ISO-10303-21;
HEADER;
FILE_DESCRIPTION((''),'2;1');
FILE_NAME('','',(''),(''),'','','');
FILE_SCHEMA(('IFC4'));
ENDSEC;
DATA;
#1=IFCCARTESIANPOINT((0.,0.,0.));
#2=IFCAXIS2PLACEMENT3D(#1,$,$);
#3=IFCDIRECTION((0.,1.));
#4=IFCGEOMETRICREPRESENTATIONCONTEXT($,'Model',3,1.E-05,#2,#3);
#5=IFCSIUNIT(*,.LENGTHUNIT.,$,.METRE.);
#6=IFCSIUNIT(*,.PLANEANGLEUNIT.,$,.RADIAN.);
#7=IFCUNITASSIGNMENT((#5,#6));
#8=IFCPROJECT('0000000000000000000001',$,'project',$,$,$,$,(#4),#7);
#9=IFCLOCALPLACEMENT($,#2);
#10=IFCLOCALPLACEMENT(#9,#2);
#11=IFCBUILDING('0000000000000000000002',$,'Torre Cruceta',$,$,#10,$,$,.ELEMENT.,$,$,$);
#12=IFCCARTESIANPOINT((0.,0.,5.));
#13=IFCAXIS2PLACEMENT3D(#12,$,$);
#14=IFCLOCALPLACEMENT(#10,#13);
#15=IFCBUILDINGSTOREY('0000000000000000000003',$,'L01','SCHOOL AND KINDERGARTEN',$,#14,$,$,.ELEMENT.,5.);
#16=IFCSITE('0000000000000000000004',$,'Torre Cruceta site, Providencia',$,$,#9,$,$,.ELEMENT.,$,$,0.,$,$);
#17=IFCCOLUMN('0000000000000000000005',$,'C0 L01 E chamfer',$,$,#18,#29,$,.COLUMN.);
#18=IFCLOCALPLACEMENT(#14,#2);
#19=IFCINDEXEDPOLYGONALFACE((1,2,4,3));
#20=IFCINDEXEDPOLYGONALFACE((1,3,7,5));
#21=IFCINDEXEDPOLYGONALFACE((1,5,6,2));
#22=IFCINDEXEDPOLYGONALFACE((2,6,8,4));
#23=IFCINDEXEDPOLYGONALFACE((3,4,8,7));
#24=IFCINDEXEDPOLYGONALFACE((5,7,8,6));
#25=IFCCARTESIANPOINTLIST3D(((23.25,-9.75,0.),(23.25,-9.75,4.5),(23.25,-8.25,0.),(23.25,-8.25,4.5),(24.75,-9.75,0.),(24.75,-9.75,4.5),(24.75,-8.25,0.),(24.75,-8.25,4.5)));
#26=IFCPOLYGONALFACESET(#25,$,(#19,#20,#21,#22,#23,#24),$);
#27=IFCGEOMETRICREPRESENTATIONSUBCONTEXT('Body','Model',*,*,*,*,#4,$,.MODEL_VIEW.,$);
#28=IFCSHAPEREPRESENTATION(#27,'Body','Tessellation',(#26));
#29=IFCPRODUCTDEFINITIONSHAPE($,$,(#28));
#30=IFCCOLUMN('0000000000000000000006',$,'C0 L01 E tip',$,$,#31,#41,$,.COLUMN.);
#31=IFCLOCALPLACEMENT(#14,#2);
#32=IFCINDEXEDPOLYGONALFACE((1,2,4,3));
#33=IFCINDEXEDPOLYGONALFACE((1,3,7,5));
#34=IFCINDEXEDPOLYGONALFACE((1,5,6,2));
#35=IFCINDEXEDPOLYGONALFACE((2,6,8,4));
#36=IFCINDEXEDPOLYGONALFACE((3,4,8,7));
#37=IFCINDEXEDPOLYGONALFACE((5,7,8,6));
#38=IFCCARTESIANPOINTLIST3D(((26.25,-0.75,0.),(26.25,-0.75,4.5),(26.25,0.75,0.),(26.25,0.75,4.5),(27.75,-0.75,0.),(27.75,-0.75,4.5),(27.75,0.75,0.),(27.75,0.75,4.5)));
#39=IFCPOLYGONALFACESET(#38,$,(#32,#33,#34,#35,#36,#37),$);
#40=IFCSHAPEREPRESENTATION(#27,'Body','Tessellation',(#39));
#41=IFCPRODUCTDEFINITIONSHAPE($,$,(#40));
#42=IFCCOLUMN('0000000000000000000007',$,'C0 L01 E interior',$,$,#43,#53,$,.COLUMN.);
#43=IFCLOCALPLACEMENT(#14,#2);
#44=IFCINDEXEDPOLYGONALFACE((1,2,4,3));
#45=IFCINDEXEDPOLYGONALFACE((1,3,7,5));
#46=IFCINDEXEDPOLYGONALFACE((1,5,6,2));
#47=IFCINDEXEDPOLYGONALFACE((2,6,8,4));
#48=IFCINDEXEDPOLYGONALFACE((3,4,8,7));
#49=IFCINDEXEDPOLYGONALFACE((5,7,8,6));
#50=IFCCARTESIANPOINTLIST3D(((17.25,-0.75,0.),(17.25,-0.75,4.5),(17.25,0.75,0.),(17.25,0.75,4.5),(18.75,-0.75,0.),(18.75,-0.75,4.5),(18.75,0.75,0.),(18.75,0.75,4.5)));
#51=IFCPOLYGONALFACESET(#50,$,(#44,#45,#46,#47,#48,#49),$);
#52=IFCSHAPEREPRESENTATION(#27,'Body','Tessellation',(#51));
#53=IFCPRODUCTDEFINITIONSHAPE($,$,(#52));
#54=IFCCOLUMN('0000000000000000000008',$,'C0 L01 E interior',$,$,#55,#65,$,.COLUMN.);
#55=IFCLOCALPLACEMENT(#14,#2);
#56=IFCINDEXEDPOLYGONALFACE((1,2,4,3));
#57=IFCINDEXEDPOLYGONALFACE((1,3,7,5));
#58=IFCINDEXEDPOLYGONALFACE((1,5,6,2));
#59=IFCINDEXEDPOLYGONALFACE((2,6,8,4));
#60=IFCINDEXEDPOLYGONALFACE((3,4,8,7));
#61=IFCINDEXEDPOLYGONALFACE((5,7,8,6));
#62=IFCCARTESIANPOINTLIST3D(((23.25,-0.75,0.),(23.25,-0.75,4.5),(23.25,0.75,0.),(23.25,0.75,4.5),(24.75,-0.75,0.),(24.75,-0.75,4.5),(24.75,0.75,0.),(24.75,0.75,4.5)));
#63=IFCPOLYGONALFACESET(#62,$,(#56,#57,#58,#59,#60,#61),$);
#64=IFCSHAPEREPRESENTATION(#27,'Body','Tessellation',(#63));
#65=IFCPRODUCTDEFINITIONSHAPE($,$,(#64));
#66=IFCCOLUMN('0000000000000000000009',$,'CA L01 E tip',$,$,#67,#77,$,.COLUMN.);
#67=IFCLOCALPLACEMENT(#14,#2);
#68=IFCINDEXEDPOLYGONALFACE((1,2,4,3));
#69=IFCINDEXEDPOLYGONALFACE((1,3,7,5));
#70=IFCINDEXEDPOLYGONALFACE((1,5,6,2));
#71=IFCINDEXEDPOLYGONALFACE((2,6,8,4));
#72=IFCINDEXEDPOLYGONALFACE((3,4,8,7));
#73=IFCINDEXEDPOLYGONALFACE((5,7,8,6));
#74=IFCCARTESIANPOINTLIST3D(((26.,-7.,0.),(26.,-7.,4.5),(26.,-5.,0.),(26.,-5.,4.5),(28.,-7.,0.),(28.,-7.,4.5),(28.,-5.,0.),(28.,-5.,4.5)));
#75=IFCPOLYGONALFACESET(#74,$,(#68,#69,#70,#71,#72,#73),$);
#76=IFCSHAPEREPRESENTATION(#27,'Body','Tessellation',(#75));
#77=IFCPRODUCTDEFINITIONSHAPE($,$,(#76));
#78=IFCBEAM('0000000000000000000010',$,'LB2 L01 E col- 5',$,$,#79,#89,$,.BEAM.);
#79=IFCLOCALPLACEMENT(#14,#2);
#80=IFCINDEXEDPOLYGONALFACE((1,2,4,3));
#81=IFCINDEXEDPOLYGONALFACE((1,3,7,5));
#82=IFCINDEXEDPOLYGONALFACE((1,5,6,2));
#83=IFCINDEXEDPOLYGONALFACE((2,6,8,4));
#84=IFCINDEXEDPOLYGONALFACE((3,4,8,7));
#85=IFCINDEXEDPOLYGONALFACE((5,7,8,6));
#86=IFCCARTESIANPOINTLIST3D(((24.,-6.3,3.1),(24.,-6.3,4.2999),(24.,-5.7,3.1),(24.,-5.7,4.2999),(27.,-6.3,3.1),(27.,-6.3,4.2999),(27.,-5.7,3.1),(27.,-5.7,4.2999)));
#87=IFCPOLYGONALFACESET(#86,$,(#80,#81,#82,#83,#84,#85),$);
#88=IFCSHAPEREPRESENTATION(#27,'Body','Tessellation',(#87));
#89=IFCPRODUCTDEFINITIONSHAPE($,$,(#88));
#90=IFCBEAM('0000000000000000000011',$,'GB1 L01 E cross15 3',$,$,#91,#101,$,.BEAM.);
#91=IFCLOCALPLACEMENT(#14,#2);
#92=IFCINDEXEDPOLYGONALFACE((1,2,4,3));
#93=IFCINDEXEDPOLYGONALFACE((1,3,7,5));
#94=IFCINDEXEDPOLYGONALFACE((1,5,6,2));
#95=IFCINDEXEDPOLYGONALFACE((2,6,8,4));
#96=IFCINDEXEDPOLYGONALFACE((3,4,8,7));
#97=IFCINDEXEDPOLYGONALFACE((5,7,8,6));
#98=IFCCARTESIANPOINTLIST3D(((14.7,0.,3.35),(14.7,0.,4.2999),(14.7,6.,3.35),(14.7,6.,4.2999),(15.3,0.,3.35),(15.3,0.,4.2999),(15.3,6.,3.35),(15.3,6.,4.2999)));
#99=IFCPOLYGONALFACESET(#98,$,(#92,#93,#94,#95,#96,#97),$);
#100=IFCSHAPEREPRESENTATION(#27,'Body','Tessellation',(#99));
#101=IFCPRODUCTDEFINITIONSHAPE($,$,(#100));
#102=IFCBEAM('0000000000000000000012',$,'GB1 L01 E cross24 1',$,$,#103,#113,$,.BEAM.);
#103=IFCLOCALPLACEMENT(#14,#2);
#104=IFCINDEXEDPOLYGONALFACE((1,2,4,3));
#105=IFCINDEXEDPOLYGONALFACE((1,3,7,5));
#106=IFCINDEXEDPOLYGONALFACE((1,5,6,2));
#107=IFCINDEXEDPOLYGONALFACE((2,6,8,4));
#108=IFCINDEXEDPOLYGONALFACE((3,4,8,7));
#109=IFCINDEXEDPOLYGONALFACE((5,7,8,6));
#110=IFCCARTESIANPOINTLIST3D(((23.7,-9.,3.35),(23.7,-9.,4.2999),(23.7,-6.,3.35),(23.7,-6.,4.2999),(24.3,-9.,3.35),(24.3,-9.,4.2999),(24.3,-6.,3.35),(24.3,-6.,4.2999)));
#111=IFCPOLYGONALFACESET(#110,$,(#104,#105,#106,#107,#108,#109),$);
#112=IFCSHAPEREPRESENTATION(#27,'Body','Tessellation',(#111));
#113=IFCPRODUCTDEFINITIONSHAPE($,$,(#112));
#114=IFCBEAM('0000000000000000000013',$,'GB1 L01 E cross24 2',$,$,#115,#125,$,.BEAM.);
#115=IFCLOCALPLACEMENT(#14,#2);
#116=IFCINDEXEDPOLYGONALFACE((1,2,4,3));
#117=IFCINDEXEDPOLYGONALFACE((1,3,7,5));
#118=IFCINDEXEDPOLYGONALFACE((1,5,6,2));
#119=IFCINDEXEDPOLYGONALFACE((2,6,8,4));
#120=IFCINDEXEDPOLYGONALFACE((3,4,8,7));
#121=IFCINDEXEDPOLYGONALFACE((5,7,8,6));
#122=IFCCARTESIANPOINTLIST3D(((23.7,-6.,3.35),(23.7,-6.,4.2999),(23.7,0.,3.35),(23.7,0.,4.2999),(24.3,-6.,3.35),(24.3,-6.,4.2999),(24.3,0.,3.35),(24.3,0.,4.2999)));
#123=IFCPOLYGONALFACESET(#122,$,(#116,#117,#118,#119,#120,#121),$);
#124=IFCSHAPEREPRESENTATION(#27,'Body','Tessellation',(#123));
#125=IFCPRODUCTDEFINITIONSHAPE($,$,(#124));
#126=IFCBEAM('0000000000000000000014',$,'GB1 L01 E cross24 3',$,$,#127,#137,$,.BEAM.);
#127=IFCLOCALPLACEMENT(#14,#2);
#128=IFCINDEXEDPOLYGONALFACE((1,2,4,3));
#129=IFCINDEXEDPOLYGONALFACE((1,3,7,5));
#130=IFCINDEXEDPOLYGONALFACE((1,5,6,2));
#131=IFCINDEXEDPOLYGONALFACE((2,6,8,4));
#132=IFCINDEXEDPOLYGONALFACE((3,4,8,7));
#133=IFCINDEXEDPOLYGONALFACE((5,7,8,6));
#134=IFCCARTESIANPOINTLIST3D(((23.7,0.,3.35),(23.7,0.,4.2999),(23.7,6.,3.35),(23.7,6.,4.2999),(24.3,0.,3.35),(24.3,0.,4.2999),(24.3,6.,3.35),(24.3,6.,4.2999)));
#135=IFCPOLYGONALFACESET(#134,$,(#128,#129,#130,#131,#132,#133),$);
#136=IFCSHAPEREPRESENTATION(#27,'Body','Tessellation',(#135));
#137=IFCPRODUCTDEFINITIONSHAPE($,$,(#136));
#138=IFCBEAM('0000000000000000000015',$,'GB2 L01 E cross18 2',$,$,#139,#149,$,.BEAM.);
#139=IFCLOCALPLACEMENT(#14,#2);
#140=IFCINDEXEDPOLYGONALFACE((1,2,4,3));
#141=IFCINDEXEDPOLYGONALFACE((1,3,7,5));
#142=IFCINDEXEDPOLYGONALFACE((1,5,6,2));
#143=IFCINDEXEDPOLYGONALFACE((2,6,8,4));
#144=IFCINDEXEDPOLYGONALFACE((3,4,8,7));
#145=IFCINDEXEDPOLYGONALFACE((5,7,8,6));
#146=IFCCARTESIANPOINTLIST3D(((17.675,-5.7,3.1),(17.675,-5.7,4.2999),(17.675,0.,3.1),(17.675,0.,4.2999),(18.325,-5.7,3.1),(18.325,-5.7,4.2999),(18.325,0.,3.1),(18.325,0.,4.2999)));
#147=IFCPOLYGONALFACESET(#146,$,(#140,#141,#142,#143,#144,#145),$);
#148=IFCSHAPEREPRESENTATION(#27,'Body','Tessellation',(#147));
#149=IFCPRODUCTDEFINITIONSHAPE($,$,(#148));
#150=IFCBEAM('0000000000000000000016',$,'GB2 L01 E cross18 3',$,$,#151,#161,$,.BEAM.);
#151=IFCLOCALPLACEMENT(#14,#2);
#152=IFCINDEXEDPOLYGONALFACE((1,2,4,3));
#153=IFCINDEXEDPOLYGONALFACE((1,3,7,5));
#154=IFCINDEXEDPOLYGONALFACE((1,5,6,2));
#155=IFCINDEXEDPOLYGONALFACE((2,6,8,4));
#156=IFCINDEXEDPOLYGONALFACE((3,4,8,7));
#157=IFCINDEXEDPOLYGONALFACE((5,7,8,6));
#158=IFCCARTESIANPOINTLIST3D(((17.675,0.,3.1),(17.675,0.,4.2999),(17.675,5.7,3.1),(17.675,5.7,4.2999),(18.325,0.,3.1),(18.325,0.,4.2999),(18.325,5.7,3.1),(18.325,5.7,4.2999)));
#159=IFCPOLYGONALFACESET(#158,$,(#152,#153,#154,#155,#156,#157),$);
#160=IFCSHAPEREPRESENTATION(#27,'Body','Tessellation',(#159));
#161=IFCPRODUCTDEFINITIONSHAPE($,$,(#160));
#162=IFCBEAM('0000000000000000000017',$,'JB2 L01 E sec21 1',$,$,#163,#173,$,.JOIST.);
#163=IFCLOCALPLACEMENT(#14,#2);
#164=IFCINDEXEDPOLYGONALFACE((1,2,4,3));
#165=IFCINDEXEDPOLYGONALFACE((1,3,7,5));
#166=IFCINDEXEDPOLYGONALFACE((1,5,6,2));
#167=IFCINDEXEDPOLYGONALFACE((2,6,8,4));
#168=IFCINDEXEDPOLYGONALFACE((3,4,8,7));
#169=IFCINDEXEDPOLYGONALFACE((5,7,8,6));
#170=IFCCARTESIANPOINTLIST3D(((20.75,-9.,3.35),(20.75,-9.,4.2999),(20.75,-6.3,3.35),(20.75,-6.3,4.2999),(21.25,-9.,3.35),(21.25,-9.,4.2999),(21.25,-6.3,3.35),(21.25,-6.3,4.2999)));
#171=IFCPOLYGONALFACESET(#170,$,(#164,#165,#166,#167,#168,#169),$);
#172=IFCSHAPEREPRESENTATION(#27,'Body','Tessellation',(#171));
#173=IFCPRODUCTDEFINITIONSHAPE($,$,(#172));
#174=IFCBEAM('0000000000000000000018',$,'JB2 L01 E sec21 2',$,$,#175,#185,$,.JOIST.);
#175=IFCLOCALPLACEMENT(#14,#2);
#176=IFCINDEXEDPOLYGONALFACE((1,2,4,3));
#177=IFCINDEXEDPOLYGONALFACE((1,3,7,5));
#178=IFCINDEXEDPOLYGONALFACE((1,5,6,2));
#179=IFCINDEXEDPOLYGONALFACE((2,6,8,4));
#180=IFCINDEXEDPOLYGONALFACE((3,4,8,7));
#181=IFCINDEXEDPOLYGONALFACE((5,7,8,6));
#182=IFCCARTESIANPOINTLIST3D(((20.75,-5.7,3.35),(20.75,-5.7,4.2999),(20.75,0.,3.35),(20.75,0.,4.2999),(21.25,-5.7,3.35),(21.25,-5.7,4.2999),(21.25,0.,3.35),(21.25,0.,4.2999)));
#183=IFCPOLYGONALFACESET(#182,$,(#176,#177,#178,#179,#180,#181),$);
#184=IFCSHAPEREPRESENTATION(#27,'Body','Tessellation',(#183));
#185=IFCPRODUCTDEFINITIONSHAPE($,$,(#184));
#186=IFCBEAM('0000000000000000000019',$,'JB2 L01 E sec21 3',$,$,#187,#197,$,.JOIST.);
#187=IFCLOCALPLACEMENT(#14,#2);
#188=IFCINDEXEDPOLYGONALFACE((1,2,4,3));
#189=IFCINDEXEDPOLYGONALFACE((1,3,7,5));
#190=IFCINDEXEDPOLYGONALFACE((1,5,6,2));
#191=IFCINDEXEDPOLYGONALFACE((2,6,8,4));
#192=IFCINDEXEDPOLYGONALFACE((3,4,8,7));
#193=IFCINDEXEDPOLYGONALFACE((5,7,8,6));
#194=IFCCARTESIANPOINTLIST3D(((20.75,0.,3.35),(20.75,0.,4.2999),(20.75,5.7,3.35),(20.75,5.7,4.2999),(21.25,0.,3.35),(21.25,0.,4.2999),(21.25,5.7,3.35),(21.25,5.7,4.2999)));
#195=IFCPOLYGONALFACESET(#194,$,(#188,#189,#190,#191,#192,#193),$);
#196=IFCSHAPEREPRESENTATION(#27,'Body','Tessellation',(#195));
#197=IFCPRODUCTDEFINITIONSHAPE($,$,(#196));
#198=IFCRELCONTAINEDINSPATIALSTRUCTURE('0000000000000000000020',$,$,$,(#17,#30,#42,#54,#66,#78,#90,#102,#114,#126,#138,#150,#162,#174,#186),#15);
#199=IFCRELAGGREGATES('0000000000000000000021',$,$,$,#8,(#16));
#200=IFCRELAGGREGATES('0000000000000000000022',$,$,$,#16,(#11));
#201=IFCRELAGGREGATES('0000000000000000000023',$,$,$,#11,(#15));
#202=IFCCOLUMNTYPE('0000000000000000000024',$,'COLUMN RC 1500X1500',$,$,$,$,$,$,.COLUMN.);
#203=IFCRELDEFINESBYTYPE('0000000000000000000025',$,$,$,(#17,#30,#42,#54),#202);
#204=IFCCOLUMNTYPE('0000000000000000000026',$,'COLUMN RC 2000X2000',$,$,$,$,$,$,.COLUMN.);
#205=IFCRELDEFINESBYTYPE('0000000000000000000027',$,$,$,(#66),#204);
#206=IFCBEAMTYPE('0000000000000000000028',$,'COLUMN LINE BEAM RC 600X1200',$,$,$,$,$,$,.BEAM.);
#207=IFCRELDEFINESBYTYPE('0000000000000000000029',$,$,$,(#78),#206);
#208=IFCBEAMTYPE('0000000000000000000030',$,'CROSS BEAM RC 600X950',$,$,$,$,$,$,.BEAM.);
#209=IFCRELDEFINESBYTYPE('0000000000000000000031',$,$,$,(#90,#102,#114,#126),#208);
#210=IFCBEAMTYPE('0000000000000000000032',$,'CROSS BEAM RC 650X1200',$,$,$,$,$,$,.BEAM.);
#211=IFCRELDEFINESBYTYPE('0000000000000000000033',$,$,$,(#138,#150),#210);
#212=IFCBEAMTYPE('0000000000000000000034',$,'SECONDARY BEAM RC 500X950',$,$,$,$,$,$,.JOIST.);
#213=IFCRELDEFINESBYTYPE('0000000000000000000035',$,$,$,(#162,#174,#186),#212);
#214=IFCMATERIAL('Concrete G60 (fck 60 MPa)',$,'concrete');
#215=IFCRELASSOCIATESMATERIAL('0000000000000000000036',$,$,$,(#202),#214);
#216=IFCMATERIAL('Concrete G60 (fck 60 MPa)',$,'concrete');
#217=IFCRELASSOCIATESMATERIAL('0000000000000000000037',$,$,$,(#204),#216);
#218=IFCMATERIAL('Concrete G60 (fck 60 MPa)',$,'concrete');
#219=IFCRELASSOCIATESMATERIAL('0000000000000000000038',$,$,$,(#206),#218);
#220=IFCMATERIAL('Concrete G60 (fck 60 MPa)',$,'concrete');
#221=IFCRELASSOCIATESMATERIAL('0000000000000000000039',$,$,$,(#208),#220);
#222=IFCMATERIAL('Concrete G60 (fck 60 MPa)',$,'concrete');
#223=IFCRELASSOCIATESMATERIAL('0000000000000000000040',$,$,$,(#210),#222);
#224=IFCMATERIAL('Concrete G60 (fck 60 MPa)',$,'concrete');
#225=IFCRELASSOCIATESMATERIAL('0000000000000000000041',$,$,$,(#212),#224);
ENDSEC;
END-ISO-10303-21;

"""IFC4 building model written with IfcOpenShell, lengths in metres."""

from ifc_helpers import new_model, si_unit, direction, frame, origin, origin_2d, place, context, subcontext, project, spatial, rectangle, extrude, material, material_profile, profile_set, type_object, element, save


model = new_model("IFC4")

# Units and contexts
model_context = context("Model", 3, precision=1e-05, world=origin(), true_north=direction((0.0, 1.0)))
body_context = subcontext(model_context, "Body", "Model", "MODEL_VIEW")
ifc_project = project(units=[si_unit("LENGTHUNIT", "METRE"), si_unit("PLANEANGLEUNIT", "RADIAN")], contexts=[model_context])

# Site, building, storey
site_placement = place(None, origin())
site = spatial("IfcSite", under=ifc_project, at=site_placement, Name="Torre Cruceta site, Providencia", CompositionType="ELEMENT", RefElevation=0.0)
building_placement = place(site_placement, origin())
building = spatial("IfcBuilding", under=site, at=building_placement, Name="Torre Cruceta", CompositionType="ELEMENT")
storey_placement = place(building_placement, frame((0.0, 0.0, 5.0)))
storey = spatial("IfcBuildingStorey", under=building, at=storey_placement, Name="L01", Description="SCHOOL AND KINDERGARTEN", CompositionType="ELEMENT", Elevation=5.0)

# Columns
ifc_material_1 = material(Name="Concrete G60 (fck 60 MPa)", Category="concrete")
ifc_material_profile_1 = material_profile(ifc_material_1, rectangle(XDim=1.5, YDim=1.5, at=origin_2d()), Name="RC 1500X1500")
ifc_profile_set_1 = profile_set([ifc_material_profile_1], Name="Concrete G60 (fck 60 MPa)")
column_type_1 = type_object("IfcColumnType", Name="COLUMN RC 1500X1500", PredefinedType="COLUMN", material=ifc_profile_set_1)
for number, where, z_axis, x_axis, name in (
    (1, (24.0, -9.0, 0.0), (0.0, 0.0, 1.0), (1.0, 0.0, 0.0), "C0 L01 E chamfer"),
    (2, (27.0, 0.0, 0.0), (0.0, 0.0, 1.0), (1.0, 0.0, 0.0), "C0 L01 E tip"),
    (3, (18.0, 0.0, 0.0), (0.0, 0.0, 1.0), (1.0, 0.0, 0.0), "C0 L01 E interior"),
    (4, (24.0, 0.0, 0.0), (0.0, 0.0, 1.0), (1.0, 0.0, 0.0), "C0 L01 E interior"),
):
    element("IfcColumn", number, at=place(storey_placement, frame(where, z_axis=z_axis, x_axis=x_axis)), inside=storey, type_object=column_type_1, Name=name, PredefinedType="COLUMN", context=body_context, shape_type="SweptSolid", body=[
        extrude(rectangle(XDim=1.5, YDim=1.5, at=origin_2d()), origin(), (0.0, 0.0, 1.0), 4.5),
    ])
ifc_material_2 = material(Name="Concrete G60 (fck 60 MPa)", Category="concrete")
ifc_material_profile_2 = material_profile(ifc_material_2, rectangle(XDim=2.0, YDim=2.0, at=origin_2d()), Name="RC 2000X2000")
ifc_profile_set_2 = profile_set([ifc_material_profile_2], Name="Concrete G60 (fck 60 MPa)")
column_type_2 = type_object("IfcColumnType", Name="COLUMN RC 2000X2000", PredefinedType="COLUMN", material=ifc_profile_set_2)
column_placement = place(storey_placement, frame((27.0, -6.0, 0.0), z_axis=(0.0, 0.0, 1.0), x_axis=(1.0, 0.0, 0.0)))
element("IfcColumn", 5, at=column_placement, inside=storey, type_object=column_type_2, Name="CA L01 E tip", PredefinedType="COLUMN", context=body_context, shape_type="SweptSolid", body=[
    extrude(rectangle(XDim=2.0, YDim=2.0, at=origin_2d()), origin(), (0.0, 0.0, 1.0), 4.5),
])

# Beams
ifc_material_3 = material(Name="Concrete G60 (fck 60 MPa)", Category="concrete")
ifc_material_profile_3 = material_profile(ifc_material_3, rectangle(XDim=0.6001, YDim=1.2, at=origin_2d()), Name="RC 600X1200")
ifc_profile_set_3 = profile_set([ifc_material_profile_3], Name="Concrete G60 (fck 60 MPa)")
beam_type_1 = type_object("IfcBeamType", Name="COLUMN LINE BEAM RC 600X1200", PredefinedType="BEAM", material=ifc_profile_set_3)
beam_1_placement = place(storey_placement, frame((24.0, -6.0, 3.7), z_axis=(1.0, 0.0, 0.0), x_axis=(0.0, 1.0, 0.0)))
element("IfcBeam", 6, at=beam_1_placement, inside=storey, type_object=beam_type_1, Name="LB2 L01 E col- 5", PredefinedType="BEAM", context=body_context, shape_type="SweptSolid", body=[
    extrude(rectangle(XDim=0.6001, YDim=1.2, at=origin_2d()), origin(), (0.0, 0.0, 1.0), 3.0),
])
ifc_material_4 = material(Name="Concrete G60 (fck 60 MPa)", Category="concrete")
ifc_material_profile_4 = material_profile(ifc_material_4, rectangle(XDim=0.6001, YDim=0.95, at=origin_2d()), Name="RC 600X950")
ifc_profile_set_4 = profile_set([ifc_material_profile_4], Name="Concrete G60 (fck 60 MPa)")
beam_type_2 = type_object("IfcBeamType", Name="CROSS BEAM RC 600X950", PredefinedType="BEAM", material=ifc_profile_set_4)
beam_2_placement = place(storey_placement, frame((15.0, 0.0, 3.825), z_axis=(0.0, 1.0, 0.0), x_axis=(-1.0, 0.0, 0.0)))
element("IfcBeam", 7, at=beam_2_placement, inside=storey, type_object=beam_type_2, Name="GB1 L01 E cross15 3", PredefinedType="BEAM", context=body_context, shape_type="SweptSolid", body=[
    extrude(rectangle(XDim=0.6001, YDim=0.95, at=origin_2d()), origin(), (0.0, 0.0, 1.0), 6.0),
])
beam_3_placement = place(storey_placement, frame((24.0, -9.0, 3.825), z_axis=(0.0, 1.0, 0.0), x_axis=(-1.0, 0.0, 0.0)))
element("IfcBeam", 8, at=beam_3_placement, inside=storey, type_object=beam_type_2, Name="GB1 L01 E cross24 1", PredefinedType="BEAM", context=body_context, shape_type="SweptSolid", body=[
    extrude(rectangle(XDim=0.6001, YDim=0.95, at=origin_2d()), origin(), (0.0, 0.0, 1.0), 3.0),
])
for number, where, z_axis, x_axis, name in (
    (9, (24.0, -6.0, 3.825), (0.0, 1.0, 0.0), (-1.0, 0.0, 0.0), "GB1 L01 E cross24 2"),
    (10, (24.0, 0.0, 3.825), (0.0, 1.0, 0.0), (-1.0, 0.0, 0.0), "GB1 L01 E cross24 3"),
):
    element("IfcBeam", number, at=place(storey_placement, frame(where, z_axis=z_axis, x_axis=x_axis)), inside=storey, type_object=beam_type_2, Name=name, PredefinedType="BEAM", context=body_context, shape_type="SweptSolid", body=[
        extrude(rectangle(XDim=0.6001, YDim=0.95, at=origin_2d()), origin(), (0.0, 0.0, 1.0), 6.0),
    ])
ifc_material_5 = material(Name="Concrete G60 (fck 60 MPa)", Category="concrete")
ifc_material_profile_5 = material_profile(ifc_material_5, rectangle(XDim=0.6499, YDim=1.2, at=origin_2d()), Name="RC 650X1200")
ifc_profile_set_5 = profile_set([ifc_material_profile_5], Name="Concrete G60 (fck 60 MPa)")
beam_type_3 = type_object("IfcBeamType", Name="CROSS BEAM RC 650X1200", PredefinedType="BEAM", material=ifc_profile_set_5)
for number, where, z_axis, x_axis, name in (
    (11, (18.0, -5.7, 3.7), (0.0, 1.0, 0.0), (-1.0, 0.0, 0.0), "GB2 L01 E cross18 2"),
    (12, (18.0, 0.0, 3.7), (0.0, 1.0, 0.0), (-1.0, 0.0, 0.0), "GB2 L01 E cross18 3"),
):
    element("IfcBeam", number, at=place(storey_placement, frame(where, z_axis=z_axis, x_axis=x_axis)), inside=storey, type_object=beam_type_3, Name=name, PredefinedType="BEAM", context=body_context, shape_type="SweptSolid", body=[
        extrude(rectangle(XDim=0.6499, YDim=1.2, at=origin_2d()), origin(), (0.0, 0.0, 1.0), 5.7),
    ])
ifc_material_6 = material(Name="Concrete G60 (fck 60 MPa)", Category="concrete")
ifc_material_profile_6 = material_profile(ifc_material_6, rectangle(XDim=0.5, YDim=0.95, at=origin_2d()), Name="RC 500X950")
ifc_profile_set_6 = profile_set([ifc_material_profile_6], Name="Concrete G60 (fck 60 MPa)")
beam_type_4 = type_object("IfcBeamType", Name="SECONDARY BEAM RC 500X950", PredefinedType="JOIST", material=ifc_profile_set_6)
beam_4_placement = place(storey_placement, frame((21.0, -9.0, 3.825), z_axis=(0.0, 1.0, 0.0), x_axis=(-1.0, 0.0, 0.0)))
element("IfcBeam", 13, at=beam_4_placement, inside=storey, type_object=beam_type_4, Name="JB2 L01 E sec21 1", PredefinedType="JOIST", context=body_context, shape_type="SweptSolid", body=[
    extrude(rectangle(XDim=0.5, YDim=0.95, at=origin_2d()), origin(), (0.0, 0.0, 1.0), 2.7),
])
for number, where, z_axis, x_axis, name in (
    (14, (21.0, -5.7, 3.825), (0.0, 1.0, 0.0), (-1.0, 0.0, 0.0), "JB2 L01 E sec21 2"),
    (15, (21.0, 0.0, 3.825), (0.0, 1.0, 0.0), (-1.0, 0.0, 0.0), "JB2 L01 E sec21 3"),
):
    element("IfcBeam", number, at=place(storey_placement, frame(where, z_axis=z_axis, x_axis=x_axis)), inside=storey, type_object=beam_type_4, Name=name, PredefinedType="JOIST", context=body_context, shape_type="SweptSolid", body=[
        extrude(rectangle(XDim=0.5, YDim=0.95, at=origin_2d()), origin(), (0.0, 0.0, 1.0), 5.7),
    ])

save(model, "model.ifc")
